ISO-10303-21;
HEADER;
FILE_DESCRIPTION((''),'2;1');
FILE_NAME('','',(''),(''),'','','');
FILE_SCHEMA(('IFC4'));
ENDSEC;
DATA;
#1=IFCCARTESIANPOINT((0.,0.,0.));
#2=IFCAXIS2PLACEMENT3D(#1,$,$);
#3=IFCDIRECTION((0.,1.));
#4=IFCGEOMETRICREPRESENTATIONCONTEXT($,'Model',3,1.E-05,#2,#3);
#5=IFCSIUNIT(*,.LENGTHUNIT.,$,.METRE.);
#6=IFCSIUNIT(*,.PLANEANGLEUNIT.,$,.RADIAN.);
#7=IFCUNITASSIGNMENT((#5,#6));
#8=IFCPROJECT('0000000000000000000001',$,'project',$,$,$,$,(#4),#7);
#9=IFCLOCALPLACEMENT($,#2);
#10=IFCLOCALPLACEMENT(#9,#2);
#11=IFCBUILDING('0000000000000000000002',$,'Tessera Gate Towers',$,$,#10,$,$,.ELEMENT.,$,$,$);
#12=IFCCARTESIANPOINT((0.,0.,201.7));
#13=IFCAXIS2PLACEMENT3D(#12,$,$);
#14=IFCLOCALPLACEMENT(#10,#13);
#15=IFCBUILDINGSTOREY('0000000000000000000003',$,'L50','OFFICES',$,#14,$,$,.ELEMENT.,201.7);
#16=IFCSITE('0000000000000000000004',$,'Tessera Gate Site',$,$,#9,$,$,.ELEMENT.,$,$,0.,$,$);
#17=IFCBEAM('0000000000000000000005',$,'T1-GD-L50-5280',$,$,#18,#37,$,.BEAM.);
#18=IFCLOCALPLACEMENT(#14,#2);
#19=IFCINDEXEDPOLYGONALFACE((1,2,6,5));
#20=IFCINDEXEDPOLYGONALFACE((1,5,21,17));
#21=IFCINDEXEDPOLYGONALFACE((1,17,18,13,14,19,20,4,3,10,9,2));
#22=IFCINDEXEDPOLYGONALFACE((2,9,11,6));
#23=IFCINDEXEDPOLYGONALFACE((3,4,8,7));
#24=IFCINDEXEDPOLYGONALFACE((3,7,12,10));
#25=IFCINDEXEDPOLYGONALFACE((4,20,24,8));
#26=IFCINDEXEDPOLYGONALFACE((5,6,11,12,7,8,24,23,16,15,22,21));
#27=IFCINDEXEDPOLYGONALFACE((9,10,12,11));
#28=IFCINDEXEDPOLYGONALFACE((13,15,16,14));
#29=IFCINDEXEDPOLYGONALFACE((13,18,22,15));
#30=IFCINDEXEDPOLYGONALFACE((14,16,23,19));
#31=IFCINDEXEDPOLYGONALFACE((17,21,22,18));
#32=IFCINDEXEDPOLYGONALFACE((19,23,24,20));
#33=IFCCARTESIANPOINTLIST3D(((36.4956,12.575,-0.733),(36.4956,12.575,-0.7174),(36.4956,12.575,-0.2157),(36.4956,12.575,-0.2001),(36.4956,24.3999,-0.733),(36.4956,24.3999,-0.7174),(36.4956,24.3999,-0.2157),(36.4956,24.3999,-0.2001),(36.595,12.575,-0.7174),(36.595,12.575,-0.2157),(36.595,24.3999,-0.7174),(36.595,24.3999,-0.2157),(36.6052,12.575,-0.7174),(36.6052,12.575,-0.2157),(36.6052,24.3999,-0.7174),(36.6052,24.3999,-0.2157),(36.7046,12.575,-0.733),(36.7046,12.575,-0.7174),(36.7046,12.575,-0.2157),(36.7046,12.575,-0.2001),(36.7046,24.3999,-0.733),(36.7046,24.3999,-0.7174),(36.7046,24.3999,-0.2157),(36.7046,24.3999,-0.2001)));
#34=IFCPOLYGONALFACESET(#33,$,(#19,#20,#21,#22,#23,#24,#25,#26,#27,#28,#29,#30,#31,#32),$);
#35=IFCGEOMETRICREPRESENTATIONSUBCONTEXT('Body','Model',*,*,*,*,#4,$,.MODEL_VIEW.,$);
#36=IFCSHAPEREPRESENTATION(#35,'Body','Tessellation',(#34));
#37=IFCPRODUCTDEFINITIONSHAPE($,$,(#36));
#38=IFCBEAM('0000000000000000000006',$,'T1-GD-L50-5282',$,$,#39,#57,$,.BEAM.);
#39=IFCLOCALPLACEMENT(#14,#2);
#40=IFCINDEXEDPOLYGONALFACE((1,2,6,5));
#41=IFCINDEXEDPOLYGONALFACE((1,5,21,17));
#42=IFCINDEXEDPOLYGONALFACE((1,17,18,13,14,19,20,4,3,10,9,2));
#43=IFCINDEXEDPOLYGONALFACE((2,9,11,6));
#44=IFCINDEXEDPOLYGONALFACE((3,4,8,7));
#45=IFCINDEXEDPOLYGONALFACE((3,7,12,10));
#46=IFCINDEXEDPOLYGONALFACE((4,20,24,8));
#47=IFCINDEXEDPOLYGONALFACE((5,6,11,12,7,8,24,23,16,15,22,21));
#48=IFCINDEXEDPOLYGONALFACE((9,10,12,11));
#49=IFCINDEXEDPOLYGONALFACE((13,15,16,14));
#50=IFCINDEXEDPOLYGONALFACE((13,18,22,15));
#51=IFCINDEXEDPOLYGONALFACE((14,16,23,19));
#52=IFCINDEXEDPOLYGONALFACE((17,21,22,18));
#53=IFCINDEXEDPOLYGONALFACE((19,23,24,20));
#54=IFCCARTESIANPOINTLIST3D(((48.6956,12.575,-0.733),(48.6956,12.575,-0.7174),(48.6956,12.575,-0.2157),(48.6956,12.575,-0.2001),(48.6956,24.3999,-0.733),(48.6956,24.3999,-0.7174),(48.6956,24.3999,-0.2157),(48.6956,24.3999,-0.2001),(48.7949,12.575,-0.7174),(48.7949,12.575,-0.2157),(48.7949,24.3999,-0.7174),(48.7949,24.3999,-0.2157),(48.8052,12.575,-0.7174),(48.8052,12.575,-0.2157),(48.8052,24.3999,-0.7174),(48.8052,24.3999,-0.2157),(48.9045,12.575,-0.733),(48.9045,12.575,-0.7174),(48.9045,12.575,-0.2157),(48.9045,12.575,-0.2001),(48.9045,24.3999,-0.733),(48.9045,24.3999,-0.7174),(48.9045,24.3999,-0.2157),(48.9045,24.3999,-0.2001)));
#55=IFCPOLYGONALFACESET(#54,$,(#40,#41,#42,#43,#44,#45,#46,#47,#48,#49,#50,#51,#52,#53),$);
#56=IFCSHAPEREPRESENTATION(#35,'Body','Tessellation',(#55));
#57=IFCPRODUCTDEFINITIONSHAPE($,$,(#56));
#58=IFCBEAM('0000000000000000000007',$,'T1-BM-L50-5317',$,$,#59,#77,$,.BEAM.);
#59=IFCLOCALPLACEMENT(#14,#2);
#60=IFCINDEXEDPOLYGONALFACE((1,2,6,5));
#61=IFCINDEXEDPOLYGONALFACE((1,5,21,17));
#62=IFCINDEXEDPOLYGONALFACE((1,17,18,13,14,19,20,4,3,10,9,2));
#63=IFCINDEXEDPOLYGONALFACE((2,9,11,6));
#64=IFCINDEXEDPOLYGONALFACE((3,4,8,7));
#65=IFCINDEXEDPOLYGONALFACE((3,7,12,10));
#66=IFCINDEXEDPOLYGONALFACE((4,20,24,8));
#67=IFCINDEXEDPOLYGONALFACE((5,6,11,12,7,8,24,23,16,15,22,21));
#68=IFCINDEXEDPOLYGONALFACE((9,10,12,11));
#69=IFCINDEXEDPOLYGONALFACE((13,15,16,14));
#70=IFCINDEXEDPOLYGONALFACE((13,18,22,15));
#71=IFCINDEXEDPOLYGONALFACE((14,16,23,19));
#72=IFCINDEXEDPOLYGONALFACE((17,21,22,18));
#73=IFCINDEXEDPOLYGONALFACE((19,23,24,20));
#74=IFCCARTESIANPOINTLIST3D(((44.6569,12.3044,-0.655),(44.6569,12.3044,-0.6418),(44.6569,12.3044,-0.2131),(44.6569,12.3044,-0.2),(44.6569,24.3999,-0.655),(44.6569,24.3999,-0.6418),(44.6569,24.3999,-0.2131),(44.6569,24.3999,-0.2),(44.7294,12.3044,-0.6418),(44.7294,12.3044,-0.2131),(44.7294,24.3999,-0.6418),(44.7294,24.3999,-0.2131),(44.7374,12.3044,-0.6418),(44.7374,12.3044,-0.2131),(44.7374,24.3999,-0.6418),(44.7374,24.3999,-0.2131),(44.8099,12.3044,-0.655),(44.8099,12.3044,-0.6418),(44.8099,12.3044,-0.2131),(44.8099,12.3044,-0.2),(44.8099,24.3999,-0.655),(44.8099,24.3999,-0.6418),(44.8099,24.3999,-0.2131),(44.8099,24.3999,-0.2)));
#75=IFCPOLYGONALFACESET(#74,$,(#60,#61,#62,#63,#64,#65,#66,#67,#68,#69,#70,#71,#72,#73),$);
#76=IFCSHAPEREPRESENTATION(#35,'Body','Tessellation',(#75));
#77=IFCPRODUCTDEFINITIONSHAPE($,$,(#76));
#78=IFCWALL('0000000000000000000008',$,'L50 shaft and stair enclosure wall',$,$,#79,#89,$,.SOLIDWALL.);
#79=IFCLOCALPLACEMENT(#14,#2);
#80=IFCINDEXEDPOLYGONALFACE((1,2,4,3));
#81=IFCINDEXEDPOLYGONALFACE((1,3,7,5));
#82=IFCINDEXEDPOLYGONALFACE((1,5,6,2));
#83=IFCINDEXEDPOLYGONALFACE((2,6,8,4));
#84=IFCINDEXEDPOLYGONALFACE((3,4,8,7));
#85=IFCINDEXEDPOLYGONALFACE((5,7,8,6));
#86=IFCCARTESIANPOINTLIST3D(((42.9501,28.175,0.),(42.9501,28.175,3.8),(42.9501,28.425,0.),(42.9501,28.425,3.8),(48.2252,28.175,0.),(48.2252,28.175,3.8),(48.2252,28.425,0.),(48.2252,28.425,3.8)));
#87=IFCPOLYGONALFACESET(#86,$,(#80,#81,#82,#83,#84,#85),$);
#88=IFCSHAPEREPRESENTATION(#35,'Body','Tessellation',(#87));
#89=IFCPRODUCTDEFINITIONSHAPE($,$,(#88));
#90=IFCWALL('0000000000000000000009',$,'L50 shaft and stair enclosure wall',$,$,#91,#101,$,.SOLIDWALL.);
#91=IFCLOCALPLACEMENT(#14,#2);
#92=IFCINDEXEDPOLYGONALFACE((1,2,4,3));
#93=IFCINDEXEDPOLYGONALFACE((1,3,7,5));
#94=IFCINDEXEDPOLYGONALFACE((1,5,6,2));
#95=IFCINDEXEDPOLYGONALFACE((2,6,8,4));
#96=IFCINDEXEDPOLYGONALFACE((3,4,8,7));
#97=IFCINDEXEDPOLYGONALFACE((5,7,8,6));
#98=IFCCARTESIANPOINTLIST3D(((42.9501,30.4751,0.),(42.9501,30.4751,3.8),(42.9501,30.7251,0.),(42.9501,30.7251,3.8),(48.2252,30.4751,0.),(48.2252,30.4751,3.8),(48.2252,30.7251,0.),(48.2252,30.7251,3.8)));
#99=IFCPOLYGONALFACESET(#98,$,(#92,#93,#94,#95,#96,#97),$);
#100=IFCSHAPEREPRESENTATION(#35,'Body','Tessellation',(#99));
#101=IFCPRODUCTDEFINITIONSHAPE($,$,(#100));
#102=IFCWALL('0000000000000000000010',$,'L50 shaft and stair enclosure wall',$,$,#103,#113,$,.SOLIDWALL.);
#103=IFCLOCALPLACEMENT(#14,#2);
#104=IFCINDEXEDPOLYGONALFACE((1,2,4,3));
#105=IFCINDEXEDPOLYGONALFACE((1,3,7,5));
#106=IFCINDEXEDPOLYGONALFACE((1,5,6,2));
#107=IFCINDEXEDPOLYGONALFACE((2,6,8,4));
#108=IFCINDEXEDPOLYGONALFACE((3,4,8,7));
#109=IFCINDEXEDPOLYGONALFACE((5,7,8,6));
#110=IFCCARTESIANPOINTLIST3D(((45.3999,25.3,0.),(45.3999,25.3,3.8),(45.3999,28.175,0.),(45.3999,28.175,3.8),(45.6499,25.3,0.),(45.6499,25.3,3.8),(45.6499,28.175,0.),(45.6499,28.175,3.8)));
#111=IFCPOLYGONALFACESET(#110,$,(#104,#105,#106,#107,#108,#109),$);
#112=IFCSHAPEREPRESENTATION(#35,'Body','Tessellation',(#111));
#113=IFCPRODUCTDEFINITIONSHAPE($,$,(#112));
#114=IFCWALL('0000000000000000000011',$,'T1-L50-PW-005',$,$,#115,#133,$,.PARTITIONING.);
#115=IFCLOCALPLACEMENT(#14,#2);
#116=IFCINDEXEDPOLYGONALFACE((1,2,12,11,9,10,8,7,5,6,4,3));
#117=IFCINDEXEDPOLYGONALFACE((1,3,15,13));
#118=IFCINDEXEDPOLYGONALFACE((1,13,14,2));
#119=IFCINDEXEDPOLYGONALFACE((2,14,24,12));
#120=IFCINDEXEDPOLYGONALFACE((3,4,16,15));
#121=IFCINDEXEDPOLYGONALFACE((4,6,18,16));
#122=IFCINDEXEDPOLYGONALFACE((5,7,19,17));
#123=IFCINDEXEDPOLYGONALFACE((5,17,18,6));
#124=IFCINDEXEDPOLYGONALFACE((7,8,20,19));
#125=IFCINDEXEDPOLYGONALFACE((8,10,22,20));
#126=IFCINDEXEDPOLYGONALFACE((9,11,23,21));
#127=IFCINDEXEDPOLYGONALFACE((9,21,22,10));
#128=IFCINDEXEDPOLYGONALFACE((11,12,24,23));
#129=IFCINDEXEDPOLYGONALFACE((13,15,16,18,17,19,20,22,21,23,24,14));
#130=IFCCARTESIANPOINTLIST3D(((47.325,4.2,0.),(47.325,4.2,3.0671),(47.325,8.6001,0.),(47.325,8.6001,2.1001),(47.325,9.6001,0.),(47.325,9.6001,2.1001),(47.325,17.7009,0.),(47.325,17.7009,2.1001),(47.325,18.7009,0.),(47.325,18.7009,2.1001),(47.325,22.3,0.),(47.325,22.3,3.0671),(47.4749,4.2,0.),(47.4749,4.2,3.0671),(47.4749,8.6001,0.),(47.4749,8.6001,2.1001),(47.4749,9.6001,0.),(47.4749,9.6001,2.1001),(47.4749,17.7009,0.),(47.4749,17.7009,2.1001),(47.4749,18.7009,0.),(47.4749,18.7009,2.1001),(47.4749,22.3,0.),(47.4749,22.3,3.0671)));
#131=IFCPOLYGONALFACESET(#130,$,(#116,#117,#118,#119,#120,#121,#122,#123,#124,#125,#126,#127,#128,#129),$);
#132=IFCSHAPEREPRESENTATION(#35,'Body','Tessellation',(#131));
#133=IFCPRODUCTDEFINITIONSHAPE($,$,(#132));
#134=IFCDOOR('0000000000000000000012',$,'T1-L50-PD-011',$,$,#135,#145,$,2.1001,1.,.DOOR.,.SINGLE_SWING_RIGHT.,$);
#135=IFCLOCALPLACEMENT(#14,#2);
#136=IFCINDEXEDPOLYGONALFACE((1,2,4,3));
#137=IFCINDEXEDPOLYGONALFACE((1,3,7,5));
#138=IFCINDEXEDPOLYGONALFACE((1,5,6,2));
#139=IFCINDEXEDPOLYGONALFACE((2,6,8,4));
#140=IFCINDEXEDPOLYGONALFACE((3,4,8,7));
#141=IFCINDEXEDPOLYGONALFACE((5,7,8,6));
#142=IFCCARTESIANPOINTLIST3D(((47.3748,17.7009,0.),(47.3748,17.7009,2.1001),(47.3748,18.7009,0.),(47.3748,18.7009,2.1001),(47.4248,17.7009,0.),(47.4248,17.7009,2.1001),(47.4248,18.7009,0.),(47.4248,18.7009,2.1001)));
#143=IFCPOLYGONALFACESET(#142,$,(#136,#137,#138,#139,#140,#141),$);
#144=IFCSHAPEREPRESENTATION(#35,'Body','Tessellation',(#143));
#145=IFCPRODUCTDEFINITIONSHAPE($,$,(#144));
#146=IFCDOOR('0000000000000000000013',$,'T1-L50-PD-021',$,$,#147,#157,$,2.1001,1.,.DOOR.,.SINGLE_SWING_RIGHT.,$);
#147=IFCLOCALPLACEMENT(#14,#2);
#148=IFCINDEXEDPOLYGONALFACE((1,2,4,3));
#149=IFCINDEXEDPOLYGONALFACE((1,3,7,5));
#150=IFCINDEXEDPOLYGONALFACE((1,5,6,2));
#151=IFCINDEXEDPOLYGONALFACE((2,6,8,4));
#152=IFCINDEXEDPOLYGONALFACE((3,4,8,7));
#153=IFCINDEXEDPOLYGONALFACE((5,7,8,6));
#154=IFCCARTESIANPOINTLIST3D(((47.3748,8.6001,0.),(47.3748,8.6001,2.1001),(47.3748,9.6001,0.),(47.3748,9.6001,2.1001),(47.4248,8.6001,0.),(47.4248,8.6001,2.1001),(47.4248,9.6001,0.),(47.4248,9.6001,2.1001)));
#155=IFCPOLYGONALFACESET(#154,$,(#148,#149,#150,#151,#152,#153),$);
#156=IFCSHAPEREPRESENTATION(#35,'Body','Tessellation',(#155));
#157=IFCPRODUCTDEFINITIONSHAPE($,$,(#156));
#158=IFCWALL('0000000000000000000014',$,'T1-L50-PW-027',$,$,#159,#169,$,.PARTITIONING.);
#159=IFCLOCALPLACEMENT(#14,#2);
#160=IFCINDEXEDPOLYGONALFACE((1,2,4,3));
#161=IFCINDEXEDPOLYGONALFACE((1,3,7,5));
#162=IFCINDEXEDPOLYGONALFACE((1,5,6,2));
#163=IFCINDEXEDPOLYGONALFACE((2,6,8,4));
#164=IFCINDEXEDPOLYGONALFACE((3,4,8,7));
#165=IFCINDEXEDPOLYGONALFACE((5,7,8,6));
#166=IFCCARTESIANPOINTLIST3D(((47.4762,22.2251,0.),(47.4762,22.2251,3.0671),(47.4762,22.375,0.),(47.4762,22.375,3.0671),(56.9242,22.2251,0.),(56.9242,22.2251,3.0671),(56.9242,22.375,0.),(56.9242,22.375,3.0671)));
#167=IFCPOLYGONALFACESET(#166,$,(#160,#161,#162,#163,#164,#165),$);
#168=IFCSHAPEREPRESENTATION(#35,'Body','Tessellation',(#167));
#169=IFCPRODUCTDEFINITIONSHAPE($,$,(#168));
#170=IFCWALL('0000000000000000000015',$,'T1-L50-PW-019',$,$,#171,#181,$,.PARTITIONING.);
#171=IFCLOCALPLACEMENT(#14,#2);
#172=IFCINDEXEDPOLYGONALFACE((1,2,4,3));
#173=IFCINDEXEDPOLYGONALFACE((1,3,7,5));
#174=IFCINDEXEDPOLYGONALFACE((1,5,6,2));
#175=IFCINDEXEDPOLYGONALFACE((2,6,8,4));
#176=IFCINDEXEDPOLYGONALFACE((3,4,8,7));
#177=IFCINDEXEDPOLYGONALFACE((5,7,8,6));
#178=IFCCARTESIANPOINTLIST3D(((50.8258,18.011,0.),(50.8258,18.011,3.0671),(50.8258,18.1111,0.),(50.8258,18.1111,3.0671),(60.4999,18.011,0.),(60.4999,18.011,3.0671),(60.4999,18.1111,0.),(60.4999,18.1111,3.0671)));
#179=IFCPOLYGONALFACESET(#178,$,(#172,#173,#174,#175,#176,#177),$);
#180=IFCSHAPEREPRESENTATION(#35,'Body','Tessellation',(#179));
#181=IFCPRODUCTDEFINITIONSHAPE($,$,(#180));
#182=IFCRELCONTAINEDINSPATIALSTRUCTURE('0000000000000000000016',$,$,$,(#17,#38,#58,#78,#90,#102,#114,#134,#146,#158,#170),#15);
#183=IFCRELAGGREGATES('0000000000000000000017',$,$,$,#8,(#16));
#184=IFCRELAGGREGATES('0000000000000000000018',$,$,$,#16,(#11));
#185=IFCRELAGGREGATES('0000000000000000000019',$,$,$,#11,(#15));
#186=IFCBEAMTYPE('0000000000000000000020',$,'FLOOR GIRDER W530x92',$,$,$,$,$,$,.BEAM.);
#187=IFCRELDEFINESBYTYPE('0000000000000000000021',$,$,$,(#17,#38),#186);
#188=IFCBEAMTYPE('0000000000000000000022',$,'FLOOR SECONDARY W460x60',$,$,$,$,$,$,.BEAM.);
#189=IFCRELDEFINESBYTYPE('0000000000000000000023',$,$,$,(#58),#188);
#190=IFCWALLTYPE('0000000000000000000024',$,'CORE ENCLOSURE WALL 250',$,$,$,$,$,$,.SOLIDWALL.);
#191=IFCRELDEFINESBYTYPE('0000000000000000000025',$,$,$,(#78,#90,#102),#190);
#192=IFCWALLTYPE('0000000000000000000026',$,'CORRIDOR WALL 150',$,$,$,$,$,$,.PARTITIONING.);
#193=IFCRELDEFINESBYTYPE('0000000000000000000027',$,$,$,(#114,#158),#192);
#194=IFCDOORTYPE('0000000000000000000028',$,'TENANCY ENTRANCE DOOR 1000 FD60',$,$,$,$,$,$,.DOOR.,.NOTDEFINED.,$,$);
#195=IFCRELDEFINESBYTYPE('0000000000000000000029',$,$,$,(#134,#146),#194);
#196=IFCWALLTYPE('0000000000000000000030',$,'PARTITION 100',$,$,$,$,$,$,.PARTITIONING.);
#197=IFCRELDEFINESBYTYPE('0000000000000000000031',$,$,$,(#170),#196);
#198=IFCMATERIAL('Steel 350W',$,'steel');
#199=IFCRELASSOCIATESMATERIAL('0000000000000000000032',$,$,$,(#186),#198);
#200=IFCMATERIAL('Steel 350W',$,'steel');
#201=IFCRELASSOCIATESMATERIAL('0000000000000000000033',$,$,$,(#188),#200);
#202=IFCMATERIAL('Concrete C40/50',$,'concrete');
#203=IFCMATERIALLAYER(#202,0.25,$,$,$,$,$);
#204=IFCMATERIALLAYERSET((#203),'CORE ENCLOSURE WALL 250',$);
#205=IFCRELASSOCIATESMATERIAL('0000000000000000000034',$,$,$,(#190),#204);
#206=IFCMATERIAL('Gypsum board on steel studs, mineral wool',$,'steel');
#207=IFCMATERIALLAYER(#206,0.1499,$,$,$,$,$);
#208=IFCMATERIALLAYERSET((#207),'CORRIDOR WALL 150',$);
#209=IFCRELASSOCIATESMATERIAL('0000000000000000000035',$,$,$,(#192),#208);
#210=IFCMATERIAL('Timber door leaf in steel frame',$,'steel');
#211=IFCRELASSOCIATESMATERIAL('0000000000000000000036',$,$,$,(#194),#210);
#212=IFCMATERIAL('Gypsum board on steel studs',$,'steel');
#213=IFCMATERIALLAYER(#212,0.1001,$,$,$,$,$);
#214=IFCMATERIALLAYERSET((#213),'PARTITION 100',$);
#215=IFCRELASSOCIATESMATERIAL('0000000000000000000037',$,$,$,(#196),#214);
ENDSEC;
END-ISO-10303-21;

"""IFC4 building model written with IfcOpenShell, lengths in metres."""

from ifc_helpers import new_model, si_unit, direction, frame, frame_2d, origin, origin_2d, place, context, subcontext, project, spatial, rectangle, i_section, extrude, source, transform, mapped, material, layer, layer_set, material_profile, profile_set, type_object, element, fill, save


model = new_model("IFC4")

# Units and contexts
model_context = context("Model", 3, precision=1e-05, world=origin(), true_north=direction((0.0, 1.0)))
body_context = subcontext(model_context, "Body", "Model", "MODEL_VIEW")
ifc_project = project(units=[si_unit("LENGTHUNIT", "METRE"), si_unit("PLANEANGLEUNIT", "RADIAN")], contexts=[model_context])

# Site, building, storey
site_placement = place(None, origin())
site = spatial("IfcSite", under=ifc_project, at=site_placement, Name="Tessera Gate Site", CompositionType="ELEMENT", RefElevation=0.0)
building_placement = place(site_placement, origin())
building = spatial("IfcBuilding", under=site, at=building_placement, Name="Tessera Gate Towers", CompositionType="ELEMENT")
storey_placement = place(building_placement, frame((0.0, 0.0, 201.7)))
storey = spatial("IfcBuildingStorey", under=building, at=storey_placement, Name="L50", Description="OFFICES", CompositionType="ELEMENT", Elevation=201.7)

# Beams
ifc_material_1 = material(Name="Steel 350W", Category="steel")
ifc_material_profile_1 = material_profile(ifc_material_1, i_section(OverallWidth=0.209, OverallDepth=0.533, WebThickness=0.0103, FlangeThickness=0.0156, at=origin_2d()), Name="W530x92")
ifc_profile_set_1 = profile_set([ifc_material_profile_1], Name="Steel 350W")
beam_type_1 = type_object("IfcBeamType", Name="FLOOR GIRDER W530x92", PredefinedType="BEAM", material=ifc_profile_set_1)
for number, where, z_axis, x_axis, name in (
    (1, (36.6001, 12.575, -0.4666), (0.0, 1.0, 0.0), (-1.0, 0.0, 0.0), "T1-GD-L50-5280"),
    (2, (48.8, 12.575, -0.4666), (0.0, 1.0, 0.0), (-1.0, 0.0, 0.0), "T1-GD-L50-5282"),
):
    element("IfcBeam", number, at=place(storey_placement, frame(where, z_axis=z_axis, x_axis=x_axis)), inside=storey, type_object=beam_type_1, Name=name, PredefinedType="BEAM", context=body_context, shape_type="SweptSolid", body=[
        extrude(i_section(OverallWidth=0.209, OverallDepth=0.533, WebThickness=0.0103, FlangeThickness=0.0156, at=origin_2d()), origin(), (0.0, 0.0, 1.0), 11.825),
    ])
ifc_material_2 = material(Name="Steel 350W", Category="steel")
ifc_material_profile_2 = material_profile(ifc_material_2, i_section(OverallWidth=0.1531, OverallDepth=0.4551, WebThickness=0.0081, FlangeThickness=0.0132, at=origin_2d()), Name="W460x60")
ifc_profile_set_2 = profile_set([ifc_material_profile_2], Name="Steel 350W")
beam_type_2 = type_object("IfcBeamType", Name="FLOOR SECONDARY W460x60", PredefinedType="BEAM", material=ifc_profile_set_2)
beam_placement = place(storey_placement, frame((44.7334, 12.3044, -0.4275), z_axis=(0.0, 1.0, 0.0), x_axis=(-1.0, 0.0, 0.0)))
element("IfcBeam", 3, at=beam_placement, inside=storey, type_object=beam_type_2, Name="T1-BM-L50-5317", PredefinedType="BEAM", context=body_context, shape_type="SweptSolid", body=[
    extrude(i_section(OverallWidth=0.1531, OverallDepth=0.4551, WebThickness=0.0081, FlangeThickness=0.0132, at=origin_2d()), origin(), (0.0, 0.0, 1.0), 12.0955),
])

# Walls
ifc_material_3 = material(Name="Concrete C40/50", Category="concrete")
ifc_layer_1 = layer(ifc_material_3, 0.25)
ifc_layer_set_1 = layer_set([ifc_layer_1], Name="CORE ENCLOSURE WALL 250")
wall_type_1 = type_object("IfcWallType", Name="CORE ENCLOSURE WALL 250", PredefinedType="SOLIDWALL", material=ifc_layer_set_1)
for number, where, z_axis, x_axis, name in (
    (4, (42.95, 28.3, 0.0), (0.0, 0.0, 1.0), (1.0, 0.0, 0.0), "L50 shaft and stair enclosure wall"),
    (5, (42.95, 30.6001, 0.0), (0.0, 0.0, 1.0), (1.0, 0.0, 0.0), "L50 shaft and stair enclosure wall"),
):
    element("IfcWall", number, at=place(storey_placement, frame(where, z_axis=z_axis, x_axis=x_axis)), inside=storey, type_object=wall_type_1, Name=name, PredefinedType="SOLIDWALL", context=body_context, shape_type="SweptSolid", body=[
        extrude(rectangle(XDim=5.2751, YDim=0.25, at=frame_2d((2.6377, 0.0))), origin(), (0.0, 0.0, 1.0), 3.8),
    ])
wall_1_placement = place(storey_placement, frame((45.5249, 25.3, 0.0), z_axis=(0.0, 0.0, 1.0), x_axis=(0.0, 1.0, 0.0)))
element("IfcWall", 6, at=wall_1_placement, inside=storey, type_object=wall_type_1, Name="L50 shaft and stair enclosure wall", PredefinedType="SOLIDWALL", context=body_context, shape_type="SweptSolid", body=[
    extrude(rectangle(XDim=2.875, YDim=0.25, at=frame_2d((1.4375, 0.0))), origin(), (0.0, 0.0, 1.0), 3.8),
])

# Wall, openings, doors
ifc_material_4 = material(Name="Gypsum board on steel studs, mineral wool", Category="steel")
ifc_layer_2 = layer(ifc_material_4, 0.1499)
ifc_layer_set_2 = layer_set([ifc_layer_2], Name="CORRIDOR WALL 150")
wall_type_2 = type_object("IfcWallType", Name="CORRIDOR WALL 150", PredefinedType="PARTITIONING", material=ifc_layer_set_2)
wall_2_placement = place(storey_placement, frame((47.3999, 22.3, 0.0), z_axis=(0.0, 0.0, 1.0), x_axis=(0.0, -1.0, 0.0)))
wall_2 = element("IfcWall", 7, at=wall_2_placement, inside=storey, type_object=wall_type_2, Name="T1-L50-PW-005", PredefinedType="PARTITIONING", context=body_context, shape_type="SweptSolid", body=[
    extrude(rectangle(XDim=18.1001, YDim=0.1499, at=frame_2d((9.05, 0.0))), origin(), (0.0, 0.0, 1.0), 3.0671),
])
shared_shape_1 = source(origin(), body_context, "Body", "SweptSolid", [
    extrude(rectangle(XDim=1.0, YDim=2.1001, at=frame_2d((0.5, 1.05))), frame((0.0, 0.085, 0.0), z_axis=(0.0, -1.0, 0.0), x_axis=(1.0, 0.0, 0.0)), (0.0, 0.0, 1.0), 0.1699),
])
opening_1_placement = place(wall_2_placement, frame((3.5991, 0.0, 0.0)))
opening_1 = element("IfcOpeningElement", 8, at=opening_1_placement, cuts=wall_2, PredefinedType="OPENING", context=body_context, shape_type="MappedRepresentation", body=[
    mapped(shared_shape_1, transform((0.0, 0.0, 0.0), scale=1.0)),
])
opening_2_placement = place(wall_2_placement, frame((12.7, 0.0, 0.0)))
opening_2 = element("IfcOpeningElement", 9, at=opening_2_placement, cuts=wall_2, PredefinedType="OPENING", context=body_context, shape_type="MappedRepresentation", body=[
    mapped(shared_shape_1, transform((0.0, 0.0, 0.0), scale=1.0)),
])
ifc_material_5 = material(Name="Timber door leaf in steel frame", Category="steel")
door_type_1 = type_object("IfcDoorType", Name="TENANCY ENTRANCE DOOR 1000 FD60", OperationType="NOTDEFINED", PredefinedType="DOOR", material=ifc_material_5)
shared_shape_2 = source(origin(), body_context, "Body", "SweptSolid", [
    extrude(rectangle(XDim=1.0, YDim=2.1001, at=frame_2d((0.5, 1.05))), frame((0.0, 0.0249, 0.0), z_axis=(0.0, -1.0, 0.0), x_axis=(1.0, 0.0, 0.0)), (0.0, 0.0, 1.0), 0.05),
])
door_1_placement = place(opening_1_placement, origin())
door_1 = element("IfcDoor", 10, at=door_1_placement, inside=storey, type_object=door_type_1, Name="T1-L50-PD-011", OperationType="SINGLE_SWING_RIGHT", OverallHeight=2.1001, OverallWidth=1.0, PredefinedType="DOOR", context=body_context, shape_type="MappedRepresentation", body=[
    mapped(shared_shape_2, transform((0.0, 0.0, 0.0), scale=1.0)),
])
fill(opening_1, door_1)
door_2_placement = place(opening_2_placement, origin())
door_2 = element("IfcDoor", 11, at=door_2_placement, inside=storey, type_object=door_type_1, Name="T1-L50-PD-021", OperationType="SINGLE_SWING_RIGHT", OverallHeight=2.1001, OverallWidth=1.0, PredefinedType="DOOR", context=body_context, shape_type="MappedRepresentation", body=[
    mapped(shared_shape_2, transform((0.0, 0.0, 0.0), scale=1.0)),
])
fill(opening_2, door_2)

# Walls
wall_3_placement = place(storey_placement, frame((47.4761, 22.3, 0.0), z_axis=(0.0, 0.0, 1.0), x_axis=(1.0, 0.0, 0.0)))
element("IfcWall", 12, at=wall_3_placement, inside=storey, type_object=wall_type_2, Name="T1-L50-PW-027", PredefinedType="PARTITIONING", context=body_context, shape_type="SweptSolid", body=[
    extrude(rectangle(XDim=9.448, YDim=0.1499, at=frame_2d((4.7241, 0.0))), origin(), (0.0, 0.0, 1.0), 3.0671),
])
ifc_material_6 = material(Name="Gypsum board on steel studs", Category="steel")
ifc_layer_3 = layer(ifc_material_6, 0.1001)
ifc_layer_set_3 = layer_set([ifc_layer_3], Name="PARTITION 100")
wall_type_3 = type_object("IfcWallType", Name="PARTITION 100", PredefinedType="PARTITIONING", material=ifc_layer_set_3)
wall_4_placement = place(storey_placement, frame((50.8259, 18.061, 0.0), z_axis=(0.0, 0.0, 1.0), x_axis=(1.0, 0.0, 0.0)))
element("IfcWall", 13, at=wall_4_placement, inside=storey, type_object=wall_type_3, Name="T1-L50-PW-019", PredefinedType="PARTITIONING", context=body_context, shape_type="SweptSolid", body=[
    extrude(rectangle(XDim=9.6741, YDim=0.1001, at=frame_2d((4.8369, 0.0))), origin(), (0.0, 0.0, 1.0), 3.0671),
])

save(model, "model.ifc")
